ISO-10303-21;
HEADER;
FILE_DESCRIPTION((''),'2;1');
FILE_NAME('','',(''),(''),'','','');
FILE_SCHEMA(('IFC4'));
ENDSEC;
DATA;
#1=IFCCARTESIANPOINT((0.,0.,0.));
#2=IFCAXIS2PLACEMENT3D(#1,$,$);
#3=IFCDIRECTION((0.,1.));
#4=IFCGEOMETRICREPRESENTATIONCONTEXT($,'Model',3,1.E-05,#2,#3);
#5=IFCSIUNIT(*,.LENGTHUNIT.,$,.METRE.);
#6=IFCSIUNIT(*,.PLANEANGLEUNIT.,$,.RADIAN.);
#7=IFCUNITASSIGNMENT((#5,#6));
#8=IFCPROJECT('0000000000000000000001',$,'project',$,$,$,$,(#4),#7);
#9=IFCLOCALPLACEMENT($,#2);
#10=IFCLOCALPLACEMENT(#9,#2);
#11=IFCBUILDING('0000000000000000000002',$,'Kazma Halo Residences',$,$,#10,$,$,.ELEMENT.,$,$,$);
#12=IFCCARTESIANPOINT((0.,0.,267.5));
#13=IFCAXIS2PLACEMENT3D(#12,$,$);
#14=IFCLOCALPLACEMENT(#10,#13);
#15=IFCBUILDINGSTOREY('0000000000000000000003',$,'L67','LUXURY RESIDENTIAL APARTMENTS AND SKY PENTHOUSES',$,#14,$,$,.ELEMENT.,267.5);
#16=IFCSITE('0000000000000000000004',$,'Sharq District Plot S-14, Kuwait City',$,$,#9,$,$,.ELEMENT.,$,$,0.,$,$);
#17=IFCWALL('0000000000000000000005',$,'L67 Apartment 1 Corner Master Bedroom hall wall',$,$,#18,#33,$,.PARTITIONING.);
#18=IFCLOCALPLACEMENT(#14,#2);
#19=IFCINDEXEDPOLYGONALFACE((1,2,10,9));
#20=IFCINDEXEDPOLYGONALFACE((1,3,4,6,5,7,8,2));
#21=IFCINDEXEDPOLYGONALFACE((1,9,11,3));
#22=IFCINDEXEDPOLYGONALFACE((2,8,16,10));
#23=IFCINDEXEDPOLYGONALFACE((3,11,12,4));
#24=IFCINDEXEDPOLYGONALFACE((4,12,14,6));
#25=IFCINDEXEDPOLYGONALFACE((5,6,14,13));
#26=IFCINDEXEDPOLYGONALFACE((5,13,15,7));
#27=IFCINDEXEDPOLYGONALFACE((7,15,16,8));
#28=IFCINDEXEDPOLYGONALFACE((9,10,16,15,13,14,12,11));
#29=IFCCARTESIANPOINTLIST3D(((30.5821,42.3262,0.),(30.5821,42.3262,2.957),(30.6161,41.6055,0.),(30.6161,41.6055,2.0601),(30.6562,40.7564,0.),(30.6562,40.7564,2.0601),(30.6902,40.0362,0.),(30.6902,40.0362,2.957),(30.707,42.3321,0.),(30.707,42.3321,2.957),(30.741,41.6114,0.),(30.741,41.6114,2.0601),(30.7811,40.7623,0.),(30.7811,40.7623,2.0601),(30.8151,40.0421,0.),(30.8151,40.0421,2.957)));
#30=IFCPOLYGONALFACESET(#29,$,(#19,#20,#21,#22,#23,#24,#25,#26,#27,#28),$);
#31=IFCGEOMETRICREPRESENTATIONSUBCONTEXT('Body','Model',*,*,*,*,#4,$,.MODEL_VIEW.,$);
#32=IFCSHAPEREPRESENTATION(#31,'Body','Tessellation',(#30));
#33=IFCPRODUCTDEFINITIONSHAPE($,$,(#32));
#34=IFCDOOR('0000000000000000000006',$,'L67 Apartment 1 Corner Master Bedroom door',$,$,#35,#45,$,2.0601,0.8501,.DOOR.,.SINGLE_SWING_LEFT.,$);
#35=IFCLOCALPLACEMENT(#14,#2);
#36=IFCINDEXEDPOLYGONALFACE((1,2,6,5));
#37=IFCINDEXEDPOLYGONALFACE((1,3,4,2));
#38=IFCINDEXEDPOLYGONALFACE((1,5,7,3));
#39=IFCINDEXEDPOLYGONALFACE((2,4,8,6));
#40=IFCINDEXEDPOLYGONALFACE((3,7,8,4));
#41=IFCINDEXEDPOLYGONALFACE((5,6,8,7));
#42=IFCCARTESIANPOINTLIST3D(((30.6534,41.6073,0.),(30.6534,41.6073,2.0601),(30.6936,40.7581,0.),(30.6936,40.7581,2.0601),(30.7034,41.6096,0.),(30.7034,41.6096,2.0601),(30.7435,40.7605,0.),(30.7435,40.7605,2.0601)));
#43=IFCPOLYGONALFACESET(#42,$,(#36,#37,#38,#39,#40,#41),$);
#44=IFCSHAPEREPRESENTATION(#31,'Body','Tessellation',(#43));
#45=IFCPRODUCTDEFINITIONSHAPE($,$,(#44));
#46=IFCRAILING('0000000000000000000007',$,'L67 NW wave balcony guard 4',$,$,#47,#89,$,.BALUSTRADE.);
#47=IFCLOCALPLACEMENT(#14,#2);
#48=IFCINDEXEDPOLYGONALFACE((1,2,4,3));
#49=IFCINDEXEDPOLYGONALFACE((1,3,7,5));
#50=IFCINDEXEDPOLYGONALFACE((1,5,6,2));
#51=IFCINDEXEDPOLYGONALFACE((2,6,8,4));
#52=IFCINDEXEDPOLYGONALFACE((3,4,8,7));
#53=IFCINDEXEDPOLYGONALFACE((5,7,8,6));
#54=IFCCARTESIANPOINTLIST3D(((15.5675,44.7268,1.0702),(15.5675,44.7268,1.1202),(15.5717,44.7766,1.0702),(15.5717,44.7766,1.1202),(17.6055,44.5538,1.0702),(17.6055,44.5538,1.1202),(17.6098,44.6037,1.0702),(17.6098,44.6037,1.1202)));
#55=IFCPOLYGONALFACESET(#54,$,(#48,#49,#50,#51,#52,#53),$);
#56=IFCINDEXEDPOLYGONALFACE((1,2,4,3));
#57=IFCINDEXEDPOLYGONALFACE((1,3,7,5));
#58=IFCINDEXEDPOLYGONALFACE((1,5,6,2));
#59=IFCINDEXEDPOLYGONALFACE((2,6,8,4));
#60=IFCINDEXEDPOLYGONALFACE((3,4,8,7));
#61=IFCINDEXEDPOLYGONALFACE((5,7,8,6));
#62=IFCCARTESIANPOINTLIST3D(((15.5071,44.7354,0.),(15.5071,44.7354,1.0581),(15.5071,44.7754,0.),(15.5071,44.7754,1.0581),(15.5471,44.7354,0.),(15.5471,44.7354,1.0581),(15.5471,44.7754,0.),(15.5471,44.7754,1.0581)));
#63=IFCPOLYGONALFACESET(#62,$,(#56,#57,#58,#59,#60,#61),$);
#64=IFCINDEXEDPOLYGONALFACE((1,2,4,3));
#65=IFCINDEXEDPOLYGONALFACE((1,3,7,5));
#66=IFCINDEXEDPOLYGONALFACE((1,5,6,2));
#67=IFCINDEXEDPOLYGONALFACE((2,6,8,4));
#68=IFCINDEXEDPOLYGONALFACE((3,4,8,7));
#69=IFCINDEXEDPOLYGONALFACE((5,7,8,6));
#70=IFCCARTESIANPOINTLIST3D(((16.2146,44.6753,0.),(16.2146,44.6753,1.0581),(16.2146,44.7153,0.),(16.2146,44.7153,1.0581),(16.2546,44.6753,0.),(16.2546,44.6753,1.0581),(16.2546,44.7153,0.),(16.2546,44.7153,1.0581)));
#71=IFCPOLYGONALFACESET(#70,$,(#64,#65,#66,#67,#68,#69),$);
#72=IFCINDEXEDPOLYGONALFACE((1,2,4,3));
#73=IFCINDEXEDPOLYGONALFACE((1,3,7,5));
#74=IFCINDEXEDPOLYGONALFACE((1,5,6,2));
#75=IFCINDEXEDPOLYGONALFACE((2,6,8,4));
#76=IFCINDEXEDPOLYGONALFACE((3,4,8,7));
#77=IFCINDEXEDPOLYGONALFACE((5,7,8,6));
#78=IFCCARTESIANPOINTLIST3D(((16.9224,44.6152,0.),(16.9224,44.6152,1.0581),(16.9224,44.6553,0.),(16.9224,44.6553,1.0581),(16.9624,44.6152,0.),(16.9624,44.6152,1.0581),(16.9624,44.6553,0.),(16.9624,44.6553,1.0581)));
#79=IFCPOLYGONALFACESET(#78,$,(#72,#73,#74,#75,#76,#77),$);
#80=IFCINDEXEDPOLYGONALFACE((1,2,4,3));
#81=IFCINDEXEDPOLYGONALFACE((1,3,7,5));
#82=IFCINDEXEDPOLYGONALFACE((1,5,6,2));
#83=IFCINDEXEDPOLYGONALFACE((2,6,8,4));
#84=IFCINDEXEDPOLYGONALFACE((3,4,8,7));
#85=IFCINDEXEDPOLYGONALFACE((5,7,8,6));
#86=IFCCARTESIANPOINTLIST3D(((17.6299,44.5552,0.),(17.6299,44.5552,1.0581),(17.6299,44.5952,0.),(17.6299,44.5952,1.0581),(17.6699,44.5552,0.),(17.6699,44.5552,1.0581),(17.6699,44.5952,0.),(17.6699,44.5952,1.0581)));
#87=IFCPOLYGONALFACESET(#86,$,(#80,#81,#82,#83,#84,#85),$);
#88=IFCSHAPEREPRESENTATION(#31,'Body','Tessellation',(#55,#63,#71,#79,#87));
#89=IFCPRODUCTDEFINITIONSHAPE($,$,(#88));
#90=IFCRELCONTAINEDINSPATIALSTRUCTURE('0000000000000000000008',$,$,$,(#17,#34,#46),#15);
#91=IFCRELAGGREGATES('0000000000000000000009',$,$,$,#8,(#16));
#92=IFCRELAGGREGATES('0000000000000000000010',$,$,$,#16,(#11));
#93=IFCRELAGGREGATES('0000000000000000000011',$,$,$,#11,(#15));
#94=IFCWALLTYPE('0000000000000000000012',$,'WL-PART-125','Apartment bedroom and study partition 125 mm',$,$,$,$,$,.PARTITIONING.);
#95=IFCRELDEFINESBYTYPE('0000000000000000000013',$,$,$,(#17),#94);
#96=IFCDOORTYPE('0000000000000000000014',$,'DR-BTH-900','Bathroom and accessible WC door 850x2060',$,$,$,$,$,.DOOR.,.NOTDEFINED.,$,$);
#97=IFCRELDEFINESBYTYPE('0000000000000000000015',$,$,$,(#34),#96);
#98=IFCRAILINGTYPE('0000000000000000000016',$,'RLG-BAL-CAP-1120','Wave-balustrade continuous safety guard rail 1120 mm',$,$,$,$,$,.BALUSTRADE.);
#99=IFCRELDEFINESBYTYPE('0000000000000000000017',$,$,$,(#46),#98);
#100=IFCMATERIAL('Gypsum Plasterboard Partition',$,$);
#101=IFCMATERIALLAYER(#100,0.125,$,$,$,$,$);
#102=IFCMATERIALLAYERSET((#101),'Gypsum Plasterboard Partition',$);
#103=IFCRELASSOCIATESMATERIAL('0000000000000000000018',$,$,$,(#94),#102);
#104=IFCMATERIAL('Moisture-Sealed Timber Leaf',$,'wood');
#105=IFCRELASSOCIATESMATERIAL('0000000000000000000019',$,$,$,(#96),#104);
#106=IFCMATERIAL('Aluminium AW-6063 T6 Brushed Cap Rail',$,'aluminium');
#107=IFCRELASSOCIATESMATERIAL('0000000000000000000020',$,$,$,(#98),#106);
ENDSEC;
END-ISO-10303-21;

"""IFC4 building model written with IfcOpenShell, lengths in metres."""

from ifc_helpers import new_model, si_unit, direction, frame, frame_2d, origin, origin_2d, place, context, subcontext, project, spatial, rectangle, extrude, material, layer, layer_set, type_object, element, fill, save


model = new_model("IFC4")

# Units and contexts
model_context = context("Model", 3, precision=1e-05, world=origin(), true_north=direction((0.0, 1.0)))
body_context = subcontext(model_context, "Body", "Model", "MODEL_VIEW")
ifc_project = project(units=[si_unit("LENGTHUNIT", "METRE"), si_unit("PLANEANGLEUNIT", "RADIAN")], contexts=[model_context])

# Site, building, storey
site_placement = place(None, origin())
site = spatial("IfcSite", under=ifc_project, at=site_placement, Name="Sharq District Plot S-14, Kuwait City", CompositionType="ELEMENT", RefElevation=0.0)
building_placement = place(site_placement, origin())
building = spatial("IfcBuilding", under=site, at=building_placement, Name="Kazma Halo Residences", CompositionType="ELEMENT")
storey_placement = place(building_placement, frame((0.0, 0.0, 267.5)))
storey = spatial("IfcBuildingStorey", under=building, at=storey_placement, Name="L67", Description="LUXURY RESIDENTIAL APARTMENTS AND SKY PENTHOUSES", CompositionType="ELEMENT", Elevation=267.5)

# Shared definitions
ifc_material_1 = material(Name="Gypsum Plasterboard Partition")
ifc_layer_1 = layer(ifc_material_1, 0.125)
ifc_layer_set_1 = layer_set([ifc_layer_1], Name="Gypsum Plasterboard Partition")
wall_type = type_object("IfcWallType", Name="WL-PART-125", Description="Apartment bedroom and study partition 125 mm", PredefinedType="PARTITIONING", material=ifc_layer_set_1)

# Shared definitions
ifc_material_2 = material(Name="Moisture-Sealed Timber Leaf", Category="wood")
door_type = type_object("IfcDoorType", Name="DR-BTH-900", Description="Bathroom and accessible WC door 850x2060", OperationType="NOTDEFINED", PredefinedType="DOOR", material=ifc_material_2)

# Wall, opening, door
wall_1_placement = place(storey_placement, frame((30.6445, 42.3291, 0.0), z_axis=(0.0, 0.0, 1.0), x_axis=(0.047176, -0.998887, 0.0)))
wall_1 = element("IfcWall", 1, at=wall_1_placement, inside=storey, type_object=wall_type, Name="L67 Apartment 1 Corner Master Bedroom hall wall", PredefinedType="PARTITIONING", context=body_context, shape_type="SweptSolid", body=[
    extrude(rectangle(XDim=2.2925, YDim=0.125, at=frame_2d((1.1462, 0.0))), origin(), (0.0, 0.0, 1.0), 2.957),
])
opening_1_placement = place(wall_1_placement, frame((0.7214, 0.0, 0.0)))
opening_1 = element("IfcOpeningElement", 2, at=opening_1_placement, cuts=wall_1, PredefinedType="OPENING", context=body_context, shape_type="SweptSolid", body=[
    extrude(rectangle(XDim=0.8501, YDim=2.0601, at=frame_2d((0.425, 1.03))), frame((0.0, 0.0725, 0.0), z_axis=(0.0, -1.0, 0.0), x_axis=(1.0, 0.0, 0.0)), (0.0, 0.0, 1.0), 0.145),
])
door_1_placement = place(opening_1_placement, origin())
door_1 = element("IfcDoor", 3, at=door_1_placement, inside=storey, type_object=door_type, Name="L67 Apartment 1 Corner Master Bedroom door", OperationType="SINGLE_SWING_LEFT", OverallHeight=2.0601, OverallWidth=0.8501, PredefinedType="DOOR", context=body_context, shape_type="SweptSolid", body=[
    extrude(rectangle(XDim=0.8501, YDim=2.0601, at=frame_2d((0.425, 1.03))), frame((0.0, 0.0249, 0.0), z_axis=(0.0, -1.0, 0.0), x_axis=(1.0, 0.0, 0.0)), (0.0, 0.0, 1.0), 0.05),
])
fill(opening_1, door_1)

# Railing
ifc_material_3 = material(Name="Aluminium AW-6063 T6 Brushed Cap Rail", Category="aluminium")
railing_type = type_object("IfcRailingType", Name="RLG-BAL-CAP-1120", Description="Wave-balustrade continuous safety guard rail 1120 mm", PredefinedType="BALUSTRADE", material=ifc_material_3)
railing_placement = place(storey_placement, frame((15.5271, 44.7554, 0.0)))
element("IfcRailing", 4, at=railing_placement, inside=storey, type_object=railing_type, Name="L67 NW wave balcony guard 4", PredefinedType="BALUSTRADE", context=body_context, shape_type="SweptSolid", body=[
    extrude(rectangle(XDim=0.05, YDim=0.05, at=origin_2d()), frame((0.0425, -0.0037, 1.0952), z_axis=(0.996417, -0.084572, 0.0), x_axis=(0.084572, 0.996417, 0.0)), (0.0, 0.0, 1.0), 2.0454),
    extrude(rectangle(XDim=0.04, YDim=0.04, at=origin_2d()), origin(), (0.0, 0.0, 1.0), 1.0581),
    extrude(rectangle(XDim=0.04, YDim=0.04, at=origin_2d()), frame((0.7075, -0.0601, 0.0)), (0.0, 0.0, 1.0), 1.0581),
    extrude(rectangle(XDim=0.04, YDim=0.04, at=origin_2d()), frame((1.4153, -0.1201, 0.0)), (0.0, 0.0, 1.0), 1.0581),
    extrude(rectangle(XDim=0.04, YDim=0.04, at=origin_2d()), frame((2.1228, -0.1802, 0.0)), (0.0, 0.0, 1.0), 1.0581),
])

save(model, "model.ifc")
